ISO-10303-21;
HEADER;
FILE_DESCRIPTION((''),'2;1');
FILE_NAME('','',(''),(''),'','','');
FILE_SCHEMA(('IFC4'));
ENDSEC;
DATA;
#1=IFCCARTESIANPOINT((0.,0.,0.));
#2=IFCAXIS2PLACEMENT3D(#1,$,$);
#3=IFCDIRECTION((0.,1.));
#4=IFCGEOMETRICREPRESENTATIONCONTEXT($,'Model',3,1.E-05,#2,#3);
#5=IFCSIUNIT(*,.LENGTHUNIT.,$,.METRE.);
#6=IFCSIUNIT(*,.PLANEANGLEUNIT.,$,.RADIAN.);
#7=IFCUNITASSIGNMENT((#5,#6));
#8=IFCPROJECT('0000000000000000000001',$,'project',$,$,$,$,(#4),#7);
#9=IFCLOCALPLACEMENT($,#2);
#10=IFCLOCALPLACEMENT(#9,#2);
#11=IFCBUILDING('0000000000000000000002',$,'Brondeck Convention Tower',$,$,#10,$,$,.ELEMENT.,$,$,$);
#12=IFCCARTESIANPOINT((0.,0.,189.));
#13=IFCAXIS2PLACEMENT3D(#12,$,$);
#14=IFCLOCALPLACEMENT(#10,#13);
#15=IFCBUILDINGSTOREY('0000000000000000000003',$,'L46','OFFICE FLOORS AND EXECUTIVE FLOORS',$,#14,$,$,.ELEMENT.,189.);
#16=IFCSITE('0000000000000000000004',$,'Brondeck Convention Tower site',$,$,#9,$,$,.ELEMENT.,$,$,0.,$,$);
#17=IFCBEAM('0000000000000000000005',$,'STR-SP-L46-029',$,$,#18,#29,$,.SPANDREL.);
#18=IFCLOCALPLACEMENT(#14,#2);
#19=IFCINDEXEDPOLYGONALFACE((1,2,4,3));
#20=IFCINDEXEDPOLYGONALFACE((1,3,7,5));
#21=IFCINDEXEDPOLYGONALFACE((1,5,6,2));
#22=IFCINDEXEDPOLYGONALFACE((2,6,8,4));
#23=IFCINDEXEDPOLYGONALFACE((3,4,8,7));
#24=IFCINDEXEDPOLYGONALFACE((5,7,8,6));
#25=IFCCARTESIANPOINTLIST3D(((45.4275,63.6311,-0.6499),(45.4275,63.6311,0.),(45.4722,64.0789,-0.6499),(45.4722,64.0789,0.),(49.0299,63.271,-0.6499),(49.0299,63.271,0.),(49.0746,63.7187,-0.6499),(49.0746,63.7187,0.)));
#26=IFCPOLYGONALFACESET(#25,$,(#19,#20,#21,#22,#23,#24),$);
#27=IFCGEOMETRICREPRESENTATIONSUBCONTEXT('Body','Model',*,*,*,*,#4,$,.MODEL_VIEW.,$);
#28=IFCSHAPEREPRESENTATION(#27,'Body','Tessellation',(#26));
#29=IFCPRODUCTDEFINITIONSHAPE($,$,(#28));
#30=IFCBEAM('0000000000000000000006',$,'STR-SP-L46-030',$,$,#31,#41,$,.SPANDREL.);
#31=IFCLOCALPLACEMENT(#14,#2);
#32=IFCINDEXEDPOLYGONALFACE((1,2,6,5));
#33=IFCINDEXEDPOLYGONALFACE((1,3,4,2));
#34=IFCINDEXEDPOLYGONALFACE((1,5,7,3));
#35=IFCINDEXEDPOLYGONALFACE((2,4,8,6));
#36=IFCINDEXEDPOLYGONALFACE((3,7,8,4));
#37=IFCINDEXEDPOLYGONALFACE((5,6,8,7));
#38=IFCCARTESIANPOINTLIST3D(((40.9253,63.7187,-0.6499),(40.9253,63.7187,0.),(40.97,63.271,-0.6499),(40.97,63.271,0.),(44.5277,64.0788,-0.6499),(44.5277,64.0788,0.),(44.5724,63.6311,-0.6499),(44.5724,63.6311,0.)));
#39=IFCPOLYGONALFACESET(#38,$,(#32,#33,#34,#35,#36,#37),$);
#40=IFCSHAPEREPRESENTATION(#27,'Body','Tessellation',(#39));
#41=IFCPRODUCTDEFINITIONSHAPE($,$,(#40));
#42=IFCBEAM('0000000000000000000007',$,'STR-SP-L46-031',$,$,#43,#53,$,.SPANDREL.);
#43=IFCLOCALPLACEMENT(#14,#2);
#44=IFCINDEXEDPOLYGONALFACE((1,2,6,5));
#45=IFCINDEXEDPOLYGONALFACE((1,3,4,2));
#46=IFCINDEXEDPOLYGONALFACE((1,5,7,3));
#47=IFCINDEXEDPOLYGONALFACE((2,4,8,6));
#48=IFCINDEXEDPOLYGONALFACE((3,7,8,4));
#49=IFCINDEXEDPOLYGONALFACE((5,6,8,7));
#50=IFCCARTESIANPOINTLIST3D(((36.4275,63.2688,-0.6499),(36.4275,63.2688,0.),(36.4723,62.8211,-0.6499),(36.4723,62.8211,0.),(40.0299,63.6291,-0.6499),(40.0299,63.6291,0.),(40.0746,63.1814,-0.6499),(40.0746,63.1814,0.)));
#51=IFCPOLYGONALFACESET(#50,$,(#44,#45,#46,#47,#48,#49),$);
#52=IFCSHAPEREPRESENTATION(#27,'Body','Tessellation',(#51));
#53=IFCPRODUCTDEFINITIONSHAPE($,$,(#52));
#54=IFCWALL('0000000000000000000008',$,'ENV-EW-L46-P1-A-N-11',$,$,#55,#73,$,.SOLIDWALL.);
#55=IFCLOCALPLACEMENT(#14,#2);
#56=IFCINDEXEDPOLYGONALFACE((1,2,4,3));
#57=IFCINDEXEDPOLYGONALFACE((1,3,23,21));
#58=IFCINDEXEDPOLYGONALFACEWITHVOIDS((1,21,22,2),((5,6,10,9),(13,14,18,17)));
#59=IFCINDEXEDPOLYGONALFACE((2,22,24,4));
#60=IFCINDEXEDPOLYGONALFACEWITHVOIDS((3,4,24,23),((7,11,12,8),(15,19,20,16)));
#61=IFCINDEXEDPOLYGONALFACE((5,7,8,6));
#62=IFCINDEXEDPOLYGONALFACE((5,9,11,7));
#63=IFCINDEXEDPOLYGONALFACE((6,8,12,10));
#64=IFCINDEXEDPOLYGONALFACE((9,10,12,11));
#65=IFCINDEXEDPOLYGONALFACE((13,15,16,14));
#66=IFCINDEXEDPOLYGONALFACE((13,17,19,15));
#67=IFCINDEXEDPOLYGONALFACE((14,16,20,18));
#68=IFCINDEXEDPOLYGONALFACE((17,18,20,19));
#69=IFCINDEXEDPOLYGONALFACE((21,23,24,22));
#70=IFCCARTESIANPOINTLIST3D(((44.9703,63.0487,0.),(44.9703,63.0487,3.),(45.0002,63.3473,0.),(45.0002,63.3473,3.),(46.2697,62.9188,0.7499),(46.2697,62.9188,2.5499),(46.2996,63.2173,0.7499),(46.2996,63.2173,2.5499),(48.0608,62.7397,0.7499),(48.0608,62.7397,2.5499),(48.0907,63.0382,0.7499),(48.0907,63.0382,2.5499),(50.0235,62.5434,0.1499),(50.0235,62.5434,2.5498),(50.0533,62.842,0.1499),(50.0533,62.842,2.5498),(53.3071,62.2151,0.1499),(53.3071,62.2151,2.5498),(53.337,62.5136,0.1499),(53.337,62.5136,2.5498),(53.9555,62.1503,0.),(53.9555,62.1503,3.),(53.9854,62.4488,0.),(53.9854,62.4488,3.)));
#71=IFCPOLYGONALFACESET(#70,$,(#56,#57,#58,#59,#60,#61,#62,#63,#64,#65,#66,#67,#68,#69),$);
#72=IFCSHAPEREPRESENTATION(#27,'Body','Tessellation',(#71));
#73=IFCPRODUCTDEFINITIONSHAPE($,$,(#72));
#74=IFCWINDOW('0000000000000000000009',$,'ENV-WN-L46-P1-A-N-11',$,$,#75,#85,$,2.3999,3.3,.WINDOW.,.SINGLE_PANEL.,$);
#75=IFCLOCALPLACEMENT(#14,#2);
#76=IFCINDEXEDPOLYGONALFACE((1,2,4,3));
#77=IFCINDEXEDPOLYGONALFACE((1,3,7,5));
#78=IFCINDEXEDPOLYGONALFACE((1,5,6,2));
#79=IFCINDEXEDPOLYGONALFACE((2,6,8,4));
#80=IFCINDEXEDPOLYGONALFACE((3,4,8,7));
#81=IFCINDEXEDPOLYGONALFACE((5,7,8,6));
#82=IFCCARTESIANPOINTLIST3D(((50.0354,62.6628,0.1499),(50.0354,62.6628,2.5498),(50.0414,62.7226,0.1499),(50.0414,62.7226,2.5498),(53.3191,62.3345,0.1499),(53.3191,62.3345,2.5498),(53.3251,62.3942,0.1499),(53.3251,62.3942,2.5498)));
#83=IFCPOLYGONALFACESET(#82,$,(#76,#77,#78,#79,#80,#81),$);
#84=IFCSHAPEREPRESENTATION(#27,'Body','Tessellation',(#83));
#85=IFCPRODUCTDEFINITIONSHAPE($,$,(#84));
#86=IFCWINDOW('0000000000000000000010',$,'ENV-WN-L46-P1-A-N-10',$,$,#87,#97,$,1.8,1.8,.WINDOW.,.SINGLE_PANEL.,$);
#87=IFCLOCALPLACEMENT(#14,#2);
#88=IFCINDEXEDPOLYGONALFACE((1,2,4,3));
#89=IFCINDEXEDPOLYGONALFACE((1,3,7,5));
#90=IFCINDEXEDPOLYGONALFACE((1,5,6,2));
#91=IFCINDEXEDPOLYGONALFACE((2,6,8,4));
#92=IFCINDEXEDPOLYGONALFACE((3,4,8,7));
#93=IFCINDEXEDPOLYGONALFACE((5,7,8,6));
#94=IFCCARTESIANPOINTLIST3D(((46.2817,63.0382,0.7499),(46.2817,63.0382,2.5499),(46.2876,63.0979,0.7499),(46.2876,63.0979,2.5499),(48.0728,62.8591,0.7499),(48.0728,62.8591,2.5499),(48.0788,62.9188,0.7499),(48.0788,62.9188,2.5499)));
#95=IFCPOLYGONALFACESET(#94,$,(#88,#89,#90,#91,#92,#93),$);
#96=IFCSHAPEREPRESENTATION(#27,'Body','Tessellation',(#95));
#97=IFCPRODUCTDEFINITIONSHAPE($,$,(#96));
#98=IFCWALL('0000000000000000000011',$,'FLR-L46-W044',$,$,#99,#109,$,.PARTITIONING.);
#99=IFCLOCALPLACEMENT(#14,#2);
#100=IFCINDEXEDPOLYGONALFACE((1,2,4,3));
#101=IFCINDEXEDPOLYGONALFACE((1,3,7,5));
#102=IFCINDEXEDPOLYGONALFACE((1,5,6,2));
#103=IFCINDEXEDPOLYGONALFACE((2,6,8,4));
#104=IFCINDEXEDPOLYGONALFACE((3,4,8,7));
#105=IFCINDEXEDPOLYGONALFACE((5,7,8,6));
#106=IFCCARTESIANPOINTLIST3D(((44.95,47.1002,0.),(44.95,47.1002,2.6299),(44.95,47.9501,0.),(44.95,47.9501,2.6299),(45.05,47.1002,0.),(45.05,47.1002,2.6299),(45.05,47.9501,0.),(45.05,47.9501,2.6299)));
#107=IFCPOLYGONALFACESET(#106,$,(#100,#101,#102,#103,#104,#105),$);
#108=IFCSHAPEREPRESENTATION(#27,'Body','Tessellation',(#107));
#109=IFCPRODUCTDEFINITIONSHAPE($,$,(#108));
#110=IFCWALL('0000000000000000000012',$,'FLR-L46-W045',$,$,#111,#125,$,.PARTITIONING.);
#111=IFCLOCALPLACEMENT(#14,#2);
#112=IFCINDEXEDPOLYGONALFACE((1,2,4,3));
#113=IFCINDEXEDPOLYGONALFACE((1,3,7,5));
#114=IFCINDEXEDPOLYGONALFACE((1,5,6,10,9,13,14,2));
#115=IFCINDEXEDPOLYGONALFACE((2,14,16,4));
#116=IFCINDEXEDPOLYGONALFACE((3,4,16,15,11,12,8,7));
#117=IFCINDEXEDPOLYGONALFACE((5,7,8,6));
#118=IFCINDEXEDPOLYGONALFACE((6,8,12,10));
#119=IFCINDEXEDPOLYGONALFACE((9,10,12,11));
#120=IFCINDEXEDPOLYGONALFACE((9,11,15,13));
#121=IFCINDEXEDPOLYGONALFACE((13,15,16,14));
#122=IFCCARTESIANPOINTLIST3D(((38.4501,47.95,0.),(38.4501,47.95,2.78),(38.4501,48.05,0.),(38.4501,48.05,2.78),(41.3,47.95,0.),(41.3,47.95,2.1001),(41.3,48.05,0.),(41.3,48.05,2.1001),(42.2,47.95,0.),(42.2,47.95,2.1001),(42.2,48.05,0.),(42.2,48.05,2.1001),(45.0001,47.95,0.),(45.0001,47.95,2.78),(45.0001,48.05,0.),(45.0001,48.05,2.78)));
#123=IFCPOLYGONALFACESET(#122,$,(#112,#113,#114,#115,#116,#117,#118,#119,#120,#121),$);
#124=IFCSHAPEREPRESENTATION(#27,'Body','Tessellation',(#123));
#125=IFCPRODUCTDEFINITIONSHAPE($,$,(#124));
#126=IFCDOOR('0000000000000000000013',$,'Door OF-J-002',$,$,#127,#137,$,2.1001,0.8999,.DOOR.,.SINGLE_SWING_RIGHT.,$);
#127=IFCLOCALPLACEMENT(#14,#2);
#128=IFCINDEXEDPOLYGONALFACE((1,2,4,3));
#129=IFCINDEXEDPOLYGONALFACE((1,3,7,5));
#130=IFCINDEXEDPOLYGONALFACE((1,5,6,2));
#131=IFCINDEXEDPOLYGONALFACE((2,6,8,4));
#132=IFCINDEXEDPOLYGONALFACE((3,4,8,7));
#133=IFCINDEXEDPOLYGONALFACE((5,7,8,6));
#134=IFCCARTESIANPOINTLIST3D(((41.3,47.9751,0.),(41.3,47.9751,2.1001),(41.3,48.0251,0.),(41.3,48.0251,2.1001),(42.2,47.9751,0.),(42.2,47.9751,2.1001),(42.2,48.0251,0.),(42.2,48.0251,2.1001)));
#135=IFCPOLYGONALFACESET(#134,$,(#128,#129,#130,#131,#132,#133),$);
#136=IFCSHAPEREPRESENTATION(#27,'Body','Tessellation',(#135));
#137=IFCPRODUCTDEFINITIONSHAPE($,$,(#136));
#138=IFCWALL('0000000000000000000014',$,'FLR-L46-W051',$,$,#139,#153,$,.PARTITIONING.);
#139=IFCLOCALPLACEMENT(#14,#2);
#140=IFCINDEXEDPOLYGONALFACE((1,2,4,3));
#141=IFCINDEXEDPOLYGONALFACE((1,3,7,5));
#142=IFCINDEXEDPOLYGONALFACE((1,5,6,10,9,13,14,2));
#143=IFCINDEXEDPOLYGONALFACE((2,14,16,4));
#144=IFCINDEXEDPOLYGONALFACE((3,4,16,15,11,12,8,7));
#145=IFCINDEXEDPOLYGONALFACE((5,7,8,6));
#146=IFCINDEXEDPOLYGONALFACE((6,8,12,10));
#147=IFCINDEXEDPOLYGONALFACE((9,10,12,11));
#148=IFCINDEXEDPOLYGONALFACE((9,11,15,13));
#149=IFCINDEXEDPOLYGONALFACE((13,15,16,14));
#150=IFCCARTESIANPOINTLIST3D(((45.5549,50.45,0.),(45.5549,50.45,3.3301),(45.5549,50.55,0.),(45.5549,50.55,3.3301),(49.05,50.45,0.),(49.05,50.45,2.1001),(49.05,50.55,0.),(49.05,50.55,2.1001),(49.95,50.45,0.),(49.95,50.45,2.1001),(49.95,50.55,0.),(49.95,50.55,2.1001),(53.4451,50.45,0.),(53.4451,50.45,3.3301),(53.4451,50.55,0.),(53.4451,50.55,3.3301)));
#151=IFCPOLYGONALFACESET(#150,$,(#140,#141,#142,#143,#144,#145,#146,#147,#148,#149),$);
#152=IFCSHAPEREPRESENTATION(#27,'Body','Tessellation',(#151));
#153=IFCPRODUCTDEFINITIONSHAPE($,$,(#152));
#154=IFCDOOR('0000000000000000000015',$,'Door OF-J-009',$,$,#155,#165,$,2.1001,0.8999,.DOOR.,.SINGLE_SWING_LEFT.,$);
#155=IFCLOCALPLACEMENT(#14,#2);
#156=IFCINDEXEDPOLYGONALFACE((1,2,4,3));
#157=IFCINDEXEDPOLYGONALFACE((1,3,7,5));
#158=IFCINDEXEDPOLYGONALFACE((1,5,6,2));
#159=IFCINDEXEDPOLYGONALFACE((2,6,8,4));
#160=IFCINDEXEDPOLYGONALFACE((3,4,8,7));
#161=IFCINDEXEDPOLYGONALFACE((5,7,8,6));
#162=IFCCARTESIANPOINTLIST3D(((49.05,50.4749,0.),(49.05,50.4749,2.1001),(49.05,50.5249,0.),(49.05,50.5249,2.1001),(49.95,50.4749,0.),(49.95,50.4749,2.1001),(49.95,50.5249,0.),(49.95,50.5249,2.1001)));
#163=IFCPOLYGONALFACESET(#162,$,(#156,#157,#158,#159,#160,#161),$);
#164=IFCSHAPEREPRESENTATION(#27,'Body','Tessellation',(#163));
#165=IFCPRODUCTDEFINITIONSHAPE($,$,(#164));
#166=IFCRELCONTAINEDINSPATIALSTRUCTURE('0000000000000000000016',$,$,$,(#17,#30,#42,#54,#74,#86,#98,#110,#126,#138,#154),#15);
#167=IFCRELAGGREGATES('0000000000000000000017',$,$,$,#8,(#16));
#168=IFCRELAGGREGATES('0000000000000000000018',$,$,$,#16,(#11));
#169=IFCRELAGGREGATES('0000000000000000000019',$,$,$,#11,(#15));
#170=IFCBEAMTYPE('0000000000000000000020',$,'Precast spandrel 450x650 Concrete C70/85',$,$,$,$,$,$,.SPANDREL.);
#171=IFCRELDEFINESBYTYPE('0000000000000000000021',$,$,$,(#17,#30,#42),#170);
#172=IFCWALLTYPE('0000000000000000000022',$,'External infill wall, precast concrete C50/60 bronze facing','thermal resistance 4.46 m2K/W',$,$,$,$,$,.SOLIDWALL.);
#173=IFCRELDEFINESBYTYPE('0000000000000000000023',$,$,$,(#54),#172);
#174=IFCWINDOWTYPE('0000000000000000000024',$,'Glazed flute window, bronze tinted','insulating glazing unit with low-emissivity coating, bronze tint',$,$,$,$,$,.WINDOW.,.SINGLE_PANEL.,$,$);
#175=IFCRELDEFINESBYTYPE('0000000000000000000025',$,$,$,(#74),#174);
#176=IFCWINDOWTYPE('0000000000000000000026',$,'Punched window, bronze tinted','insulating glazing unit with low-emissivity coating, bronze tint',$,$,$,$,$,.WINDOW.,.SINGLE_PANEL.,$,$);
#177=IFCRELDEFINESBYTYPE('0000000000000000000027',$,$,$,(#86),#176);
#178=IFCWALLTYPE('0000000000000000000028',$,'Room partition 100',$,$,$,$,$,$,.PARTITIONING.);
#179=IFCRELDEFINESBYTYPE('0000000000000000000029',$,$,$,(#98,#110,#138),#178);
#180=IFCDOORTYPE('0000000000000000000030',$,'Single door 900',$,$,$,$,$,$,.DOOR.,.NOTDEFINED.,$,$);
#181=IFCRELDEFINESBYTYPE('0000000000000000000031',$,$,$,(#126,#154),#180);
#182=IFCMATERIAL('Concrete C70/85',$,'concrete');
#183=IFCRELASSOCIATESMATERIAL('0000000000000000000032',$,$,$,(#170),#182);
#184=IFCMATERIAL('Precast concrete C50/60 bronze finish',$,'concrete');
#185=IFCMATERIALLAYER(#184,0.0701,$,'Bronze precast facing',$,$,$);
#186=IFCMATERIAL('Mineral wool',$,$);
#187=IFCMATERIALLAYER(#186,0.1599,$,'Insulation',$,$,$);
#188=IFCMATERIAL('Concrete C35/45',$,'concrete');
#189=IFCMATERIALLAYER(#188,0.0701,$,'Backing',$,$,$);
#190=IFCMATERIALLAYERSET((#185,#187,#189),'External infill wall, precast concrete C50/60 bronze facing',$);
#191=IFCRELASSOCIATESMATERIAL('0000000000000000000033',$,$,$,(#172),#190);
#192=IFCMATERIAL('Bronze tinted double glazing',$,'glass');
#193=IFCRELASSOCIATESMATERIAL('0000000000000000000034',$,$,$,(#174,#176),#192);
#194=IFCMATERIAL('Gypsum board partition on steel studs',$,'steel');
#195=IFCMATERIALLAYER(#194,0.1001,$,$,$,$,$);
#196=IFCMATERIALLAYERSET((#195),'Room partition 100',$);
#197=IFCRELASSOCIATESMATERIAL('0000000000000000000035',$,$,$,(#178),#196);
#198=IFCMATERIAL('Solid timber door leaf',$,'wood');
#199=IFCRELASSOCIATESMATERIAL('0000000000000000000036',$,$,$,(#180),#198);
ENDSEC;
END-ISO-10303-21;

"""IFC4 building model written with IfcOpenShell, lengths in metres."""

from ifc_helpers import new_model, si_unit, direction, frame, frame_2d, origin, origin_2d, place, context, subcontext, project, spatial, rectangle, extrude, material, layer, layer_set, material_profile, profile_set, type_object, element, fill, save


model = new_model("IFC4")

# Units and contexts
model_context = context("Model", 3, precision=1e-05, world=origin(), true_north=direction((0.0, 1.0)))
body_context = subcontext(model_context, "Body", "Model", "MODEL_VIEW")
ifc_project = project(units=[si_unit("LENGTHUNIT", "METRE"), si_unit("PLANEANGLEUNIT", "RADIAN")], contexts=[model_context])

# Site, building, storey
site_placement = place(None, origin())
site = spatial("IfcSite", under=ifc_project, at=site_placement, Name="Brondeck Convention Tower site", CompositionType="ELEMENT", RefElevation=0.0)
building_placement = place(site_placement, origin())
building = spatial("IfcBuilding", under=site, at=building_placement, Name="Brondeck Convention Tower", CompositionType="ELEMENT")
storey_placement = place(building_placement, frame((0.0, 0.0, 189.0)))
storey = spatial("IfcBuildingStorey", under=building, at=storey_placement, Name="L46", Description="OFFICE FLOORS AND EXECUTIVE FLOORS", CompositionType="ELEMENT", Elevation=189.0)

# Shared definitions
ifc_material_1 = material(Name="Concrete C70/85", Category="concrete")

# Beams
ifc_material_profile_1 = material_profile(ifc_material_1, rectangle(XDim=0.45, YDim=0.6499, at=origin_2d()), Name="Precast spandrel 450x650 Concrete C70/85")
ifc_profile_set_1 = profile_set([ifc_material_profile_1], Name="Concrete C70/85")
beam_type_1 = type_object("IfcBeamType", Name="Precast spandrel 450x650 Concrete C70/85", PredefinedType="SPANDREL", material=ifc_profile_set_1)
for number, where, z_axis, x_axis, name in (
    (1, (49.0522, 63.4949, -0.325), (-0.995041, 0.09947, 0.0), (-0.09947, -0.995041, 0.0), "STR-SP-L46-029"),
    (2, (44.55, 63.855, -0.325), (-0.995041, -0.09947, 0.0), (0.09947, -0.995041, 0.0), "STR-SP-L46-030"),
    (3, (40.0522, 63.4053, -0.325), (-0.995034, -0.099537, 0.0), (0.099537, -0.995034, 0.0), "STR-SP-L46-031"),
):
    element("IfcBeam", number, at=place(storey_placement, frame(where, z_axis=z_axis, x_axis=x_axis)), inside=storey, type_object=beam_type_1, Name=name, PredefinedType="SPANDREL", context=body_context, shape_type="SweptSolid", body=[
        extrude(rectangle(XDim=0.45, YDim=0.6499, at=origin_2d()), origin(), (0.0, 0.0, 1.0), 3.6204),
    ])

# Wall, openings, windows
ifc_material_2 = material(Name="Precast concrete C50/60 bronze finish", Category="concrete")
ifc_layer_1 = layer(ifc_material_2, 0.0701, Name="Bronze precast facing")
ifc_material_3 = material(Name="Mineral wool")
ifc_layer_2 = layer(ifc_material_3, 0.1599, Name="Insulation")
ifc_material_4 = material(Name="Concrete C35/45", Category="concrete")
ifc_layer_3 = layer(ifc_material_4, 0.0701, Name="Backing")
ifc_layer_set_1 = layer_set([ifc_layer_1, ifc_layer_2, ifc_layer_3], Name="External infill wall, precast concrete C50/60 bronze facing")
wall_type_1 = type_object("IfcWallType", Name="External infill wall, precast concrete C50/60 bronze facing", Description="thermal resistance 4.46 m2K/W", PredefinedType="SOLIDWALL", material=ifc_layer_set_1)
wall_1_placement = place(storey_placement, frame((44.9851, 63.198, 0.0), z_axis=(0.0, 0.0, 1.0), x_axis=(0.995038, -0.099496, 0.0)))
wall_1 = element("IfcWall", 4, at=wall_1_placement, inside=storey, type_object=wall_type_1, Name="ENV-EW-L46-P1-A-N-11", PredefinedType="SOLIDWALL", context=body_context, shape_type="SweptSolid", body=[
    extrude(rectangle(XDim=9.03, YDim=0.3, at=frame_2d((4.5151, 0.0))), origin(), (0.0, 0.0, 1.0), 3.0),
])
opening_1_placement = place(wall_1_placement, frame((1.3062, 0.0, 0.75)))
opening_1 = element("IfcOpeningElement", 5, at=opening_1_placement, cuts=wall_1, PredefinedType="OPENING", context=body_context, shape_type="SweptSolid", body=[
    extrude(rectangle(XDim=1.8, YDim=1.8, at=frame_2d((0.8999, 0.8999))), frame((0.0, 0.1599, 0.0), z_axis=(0.0, -1.0, 0.0), x_axis=(1.0, 0.0, 0.0)), (0.0, 0.0, 1.0), 0.3201),
])
opening_2_placement = place(wall_1_placement, frame((5.0786, 0.0, 0.1499)))
opening_2 = element("IfcOpeningElement", 6, at=opening_2_placement, cuts=wall_1, PredefinedType="OPENING", context=body_context, shape_type="SweptSolid", body=[
    extrude(rectangle(XDim=3.3, YDim=2.3999, at=frame_2d((1.6499, 1.2))), frame((0.0, 0.1599, 0.0), z_axis=(0.0, -1.0, 0.0), x_axis=(1.0, 0.0, 0.0)), (0.0, 0.0, 1.0), 0.3201),
])
ifc_material_5 = material(Name="Bronze tinted double glazing", Category="glass")
window_type_1 = type_object("IfcWindowType", Name="Glazed flute window, bronze tinted", Description="insulating glazing unit with low-emissivity coating, bronze tint", PartitioningType="SINGLE_PANEL", PredefinedType="WINDOW", material=ifc_material_5)
window_1_placement = place(opening_2_placement, origin())
window_1 = element("IfcWindow", 7, at=window_1_placement, inside=storey, type_object=window_type_1, Name="ENV-WN-L46-P1-A-N-11", OverallHeight=2.3999, OverallWidth=3.3, PartitioningType="SINGLE_PANEL", PredefinedType="WINDOW", context=body_context, shape_type="SweptSolid", body=[
    extrude(rectangle(XDim=3.3, YDim=2.3999, at=frame_2d((1.6499, 1.2))), frame((0.0, 0.03, 0.0), z_axis=(0.0, -1.0, 0.0), x_axis=(1.0, 0.0, 0.0)), (0.0, 0.0, 1.0), 0.0601),
])
fill(opening_2, window_1)
window_type_2 = type_object("IfcWindowType", Name="Punched window, bronze tinted", Description="insulating glazing unit with low-emissivity coating, bronze tint", PartitioningType="SINGLE_PANEL", PredefinedType="WINDOW", material=ifc_material_5)
window_2_placement = place(opening_1_placement, origin())
window_2 = element("IfcWindow", 8, at=window_2_placement, inside=storey, type_object=window_type_2, Name="ENV-WN-L46-P1-A-N-10", OverallHeight=1.8, OverallWidth=1.8, PartitioningType="SINGLE_PANEL", PredefinedType="WINDOW", context=body_context, shape_type="SweptSolid", body=[
    extrude(rectangle(XDim=1.8, YDim=1.8, at=frame_2d((0.8999, 0.8999))), frame((0.0, 0.03, 0.0), z_axis=(0.0, -1.0, 0.0), x_axis=(1.0, 0.0, 0.0)), (0.0, 0.0, 1.0), 0.0601),
])
fill(opening_1, window_2)

# Wall
ifc_material_6 = material(Name="Gypsum board partition on steel studs", Category="steel")
ifc_layer_4 = layer(ifc_material_6, 0.1001)
ifc_layer_set_2 = layer_set([ifc_layer_4], Name="Room partition 100")
wall_type_2 = type_object("IfcWallType", Name="Room partition 100", PredefinedType="PARTITIONING", material=ifc_layer_set_2)
wall_2_placement = place(storey_placement, frame((45.0, 47.95, 0.0), z_axis=(0.0, 0.0, 1.0), x_axis=(0.0, -1.0, 0.0)))
element("IfcWall", 9, at=wall_2_placement, inside=storey, type_object=wall_type_2, Name="FLR-L46-W044", PredefinedType="PARTITIONING", context=body_context, shape_type="SweptSolid", body=[
    extrude(rectangle(XDim=0.8499, YDim=0.1001, at=frame_2d((0.4248, 0.0))), origin(), (0.0, 0.0, 1.0), 2.6299),
])

# Walls, openings, doors
wall_3_placement = place(storey_placement, frame((45.0, 48.0, 0.0), z_axis=(0.0, 0.0, 1.0), x_axis=(-1.0, 0.0, 0.0)))
wall_3 = element("IfcWall", 10, at=wall_3_placement, inside=storey, type_object=wall_type_2, Name="FLR-L46-W045", PredefinedType="PARTITIONING", context=body_context, shape_type="SweptSolid", body=[
    extrude(rectangle(XDim=6.55, YDim=0.1001, at=frame_2d((3.2749, 0.0))), origin(), (0.0, 0.0, 1.0), 2.78),
])
opening_3_placement = place(wall_3_placement, frame((2.8, 0.0, 0.0)))
opening_3 = element("IfcOpeningElement", 11, at=opening_3_placement, cuts=wall_3, PredefinedType="OPENING", context=body_context, shape_type="SweptSolid", body=[
    extrude(rectangle(XDim=0.8999, YDim=2.1001, at=frame_2d((0.45, 1.05))), frame((0.0, 0.0601, 0.0), z_axis=(0.0, -1.0, 0.0), x_axis=(1.0, 0.0, 0.0)), (0.0, 0.0, 1.0), 0.1201),
])
ifc_material_7 = material(Name="Solid timber door leaf", Category="wood")
door_type = type_object("IfcDoorType", Name="Single door 900", OperationType="NOTDEFINED", PredefinedType="DOOR", material=ifc_material_7)
door_1_placement = place(opening_3_placement, origin())
door_1 = element("IfcDoor", 12, at=door_1_placement, inside=storey, type_object=door_type, Name="Door OF-J-002", OperationType="SINGLE_SWING_RIGHT", OverallHeight=2.1001, OverallWidth=0.8999, PredefinedType="DOOR", context=body_context, shape_type="SweptSolid", body=[
    extrude(rectangle(XDim=0.8999, YDim=2.1001, at=frame_2d((0.45, 1.05))), frame((0.0, 0.0249, 0.0), z_axis=(0.0, -1.0, 0.0), x_axis=(1.0, 0.0, 0.0)), (0.0, 0.0, 1.0), 0.05),
])
fill(opening_3, door_1)
wall_4_placement = place(storey_placement, frame((45.5549, 50.5, 0.0), z_axis=(0.0, 0.0, 1.0), x_axis=(1.0, 0.0, 0.0)))
wall_4 = element("IfcWall", 13, at=wall_4_placement, inside=storey, type_object=wall_type_2, Name="FLR-L46-W051", PredefinedType="PARTITIONING", context=body_context, shape_type="SweptSolid", body=[
    extrude(rectangle(XDim=7.8901, YDim=0.1001, at=frame_2d((3.9451, 0.0))), origin(), (0.0, 0.0, 1.0), 3.3301),
])
opening_4_placement = place(wall_4_placement, frame((3.4951, 0.0, 0.0)))
opening_4 = element("IfcOpeningElement", 14, at=opening_4_placement, cuts=wall_4, PredefinedType="OPENING", context=body_context, shape_type="SweptSolid", body=[
    extrude(rectangle(XDim=0.8999, YDim=2.1001, at=frame_2d((0.45, 1.05))), frame((0.0, 0.0601, 0.0), z_axis=(0.0, -1.0, 0.0), x_axis=(1.0, 0.0, 0.0)), (0.0, 0.0, 1.0), 0.1201),
])
door_2_placement = place(opening_4_placement, origin())
door_2 = element("IfcDoor", 15, at=door_2_placement, inside=storey, type_object=door_type, Name="Door OF-J-009", OperationType="SINGLE_SWING_LEFT", OverallHeight=2.1001, OverallWidth=0.8999, PredefinedType="DOOR", context=body_context, shape_type="SweptSolid", body=[
    extrude(rectangle(XDim=0.8999, YDim=2.1001, at=frame_2d((0.45, 1.05))), frame((0.0, 0.0249, 0.0), z_axis=(0.0, -1.0, 0.0), x_axis=(1.0, 0.0, 0.0)), (0.0, 0.0, 1.0), 0.05),
])
fill(opening_4, door_2)

save(model, "model.ifc")
